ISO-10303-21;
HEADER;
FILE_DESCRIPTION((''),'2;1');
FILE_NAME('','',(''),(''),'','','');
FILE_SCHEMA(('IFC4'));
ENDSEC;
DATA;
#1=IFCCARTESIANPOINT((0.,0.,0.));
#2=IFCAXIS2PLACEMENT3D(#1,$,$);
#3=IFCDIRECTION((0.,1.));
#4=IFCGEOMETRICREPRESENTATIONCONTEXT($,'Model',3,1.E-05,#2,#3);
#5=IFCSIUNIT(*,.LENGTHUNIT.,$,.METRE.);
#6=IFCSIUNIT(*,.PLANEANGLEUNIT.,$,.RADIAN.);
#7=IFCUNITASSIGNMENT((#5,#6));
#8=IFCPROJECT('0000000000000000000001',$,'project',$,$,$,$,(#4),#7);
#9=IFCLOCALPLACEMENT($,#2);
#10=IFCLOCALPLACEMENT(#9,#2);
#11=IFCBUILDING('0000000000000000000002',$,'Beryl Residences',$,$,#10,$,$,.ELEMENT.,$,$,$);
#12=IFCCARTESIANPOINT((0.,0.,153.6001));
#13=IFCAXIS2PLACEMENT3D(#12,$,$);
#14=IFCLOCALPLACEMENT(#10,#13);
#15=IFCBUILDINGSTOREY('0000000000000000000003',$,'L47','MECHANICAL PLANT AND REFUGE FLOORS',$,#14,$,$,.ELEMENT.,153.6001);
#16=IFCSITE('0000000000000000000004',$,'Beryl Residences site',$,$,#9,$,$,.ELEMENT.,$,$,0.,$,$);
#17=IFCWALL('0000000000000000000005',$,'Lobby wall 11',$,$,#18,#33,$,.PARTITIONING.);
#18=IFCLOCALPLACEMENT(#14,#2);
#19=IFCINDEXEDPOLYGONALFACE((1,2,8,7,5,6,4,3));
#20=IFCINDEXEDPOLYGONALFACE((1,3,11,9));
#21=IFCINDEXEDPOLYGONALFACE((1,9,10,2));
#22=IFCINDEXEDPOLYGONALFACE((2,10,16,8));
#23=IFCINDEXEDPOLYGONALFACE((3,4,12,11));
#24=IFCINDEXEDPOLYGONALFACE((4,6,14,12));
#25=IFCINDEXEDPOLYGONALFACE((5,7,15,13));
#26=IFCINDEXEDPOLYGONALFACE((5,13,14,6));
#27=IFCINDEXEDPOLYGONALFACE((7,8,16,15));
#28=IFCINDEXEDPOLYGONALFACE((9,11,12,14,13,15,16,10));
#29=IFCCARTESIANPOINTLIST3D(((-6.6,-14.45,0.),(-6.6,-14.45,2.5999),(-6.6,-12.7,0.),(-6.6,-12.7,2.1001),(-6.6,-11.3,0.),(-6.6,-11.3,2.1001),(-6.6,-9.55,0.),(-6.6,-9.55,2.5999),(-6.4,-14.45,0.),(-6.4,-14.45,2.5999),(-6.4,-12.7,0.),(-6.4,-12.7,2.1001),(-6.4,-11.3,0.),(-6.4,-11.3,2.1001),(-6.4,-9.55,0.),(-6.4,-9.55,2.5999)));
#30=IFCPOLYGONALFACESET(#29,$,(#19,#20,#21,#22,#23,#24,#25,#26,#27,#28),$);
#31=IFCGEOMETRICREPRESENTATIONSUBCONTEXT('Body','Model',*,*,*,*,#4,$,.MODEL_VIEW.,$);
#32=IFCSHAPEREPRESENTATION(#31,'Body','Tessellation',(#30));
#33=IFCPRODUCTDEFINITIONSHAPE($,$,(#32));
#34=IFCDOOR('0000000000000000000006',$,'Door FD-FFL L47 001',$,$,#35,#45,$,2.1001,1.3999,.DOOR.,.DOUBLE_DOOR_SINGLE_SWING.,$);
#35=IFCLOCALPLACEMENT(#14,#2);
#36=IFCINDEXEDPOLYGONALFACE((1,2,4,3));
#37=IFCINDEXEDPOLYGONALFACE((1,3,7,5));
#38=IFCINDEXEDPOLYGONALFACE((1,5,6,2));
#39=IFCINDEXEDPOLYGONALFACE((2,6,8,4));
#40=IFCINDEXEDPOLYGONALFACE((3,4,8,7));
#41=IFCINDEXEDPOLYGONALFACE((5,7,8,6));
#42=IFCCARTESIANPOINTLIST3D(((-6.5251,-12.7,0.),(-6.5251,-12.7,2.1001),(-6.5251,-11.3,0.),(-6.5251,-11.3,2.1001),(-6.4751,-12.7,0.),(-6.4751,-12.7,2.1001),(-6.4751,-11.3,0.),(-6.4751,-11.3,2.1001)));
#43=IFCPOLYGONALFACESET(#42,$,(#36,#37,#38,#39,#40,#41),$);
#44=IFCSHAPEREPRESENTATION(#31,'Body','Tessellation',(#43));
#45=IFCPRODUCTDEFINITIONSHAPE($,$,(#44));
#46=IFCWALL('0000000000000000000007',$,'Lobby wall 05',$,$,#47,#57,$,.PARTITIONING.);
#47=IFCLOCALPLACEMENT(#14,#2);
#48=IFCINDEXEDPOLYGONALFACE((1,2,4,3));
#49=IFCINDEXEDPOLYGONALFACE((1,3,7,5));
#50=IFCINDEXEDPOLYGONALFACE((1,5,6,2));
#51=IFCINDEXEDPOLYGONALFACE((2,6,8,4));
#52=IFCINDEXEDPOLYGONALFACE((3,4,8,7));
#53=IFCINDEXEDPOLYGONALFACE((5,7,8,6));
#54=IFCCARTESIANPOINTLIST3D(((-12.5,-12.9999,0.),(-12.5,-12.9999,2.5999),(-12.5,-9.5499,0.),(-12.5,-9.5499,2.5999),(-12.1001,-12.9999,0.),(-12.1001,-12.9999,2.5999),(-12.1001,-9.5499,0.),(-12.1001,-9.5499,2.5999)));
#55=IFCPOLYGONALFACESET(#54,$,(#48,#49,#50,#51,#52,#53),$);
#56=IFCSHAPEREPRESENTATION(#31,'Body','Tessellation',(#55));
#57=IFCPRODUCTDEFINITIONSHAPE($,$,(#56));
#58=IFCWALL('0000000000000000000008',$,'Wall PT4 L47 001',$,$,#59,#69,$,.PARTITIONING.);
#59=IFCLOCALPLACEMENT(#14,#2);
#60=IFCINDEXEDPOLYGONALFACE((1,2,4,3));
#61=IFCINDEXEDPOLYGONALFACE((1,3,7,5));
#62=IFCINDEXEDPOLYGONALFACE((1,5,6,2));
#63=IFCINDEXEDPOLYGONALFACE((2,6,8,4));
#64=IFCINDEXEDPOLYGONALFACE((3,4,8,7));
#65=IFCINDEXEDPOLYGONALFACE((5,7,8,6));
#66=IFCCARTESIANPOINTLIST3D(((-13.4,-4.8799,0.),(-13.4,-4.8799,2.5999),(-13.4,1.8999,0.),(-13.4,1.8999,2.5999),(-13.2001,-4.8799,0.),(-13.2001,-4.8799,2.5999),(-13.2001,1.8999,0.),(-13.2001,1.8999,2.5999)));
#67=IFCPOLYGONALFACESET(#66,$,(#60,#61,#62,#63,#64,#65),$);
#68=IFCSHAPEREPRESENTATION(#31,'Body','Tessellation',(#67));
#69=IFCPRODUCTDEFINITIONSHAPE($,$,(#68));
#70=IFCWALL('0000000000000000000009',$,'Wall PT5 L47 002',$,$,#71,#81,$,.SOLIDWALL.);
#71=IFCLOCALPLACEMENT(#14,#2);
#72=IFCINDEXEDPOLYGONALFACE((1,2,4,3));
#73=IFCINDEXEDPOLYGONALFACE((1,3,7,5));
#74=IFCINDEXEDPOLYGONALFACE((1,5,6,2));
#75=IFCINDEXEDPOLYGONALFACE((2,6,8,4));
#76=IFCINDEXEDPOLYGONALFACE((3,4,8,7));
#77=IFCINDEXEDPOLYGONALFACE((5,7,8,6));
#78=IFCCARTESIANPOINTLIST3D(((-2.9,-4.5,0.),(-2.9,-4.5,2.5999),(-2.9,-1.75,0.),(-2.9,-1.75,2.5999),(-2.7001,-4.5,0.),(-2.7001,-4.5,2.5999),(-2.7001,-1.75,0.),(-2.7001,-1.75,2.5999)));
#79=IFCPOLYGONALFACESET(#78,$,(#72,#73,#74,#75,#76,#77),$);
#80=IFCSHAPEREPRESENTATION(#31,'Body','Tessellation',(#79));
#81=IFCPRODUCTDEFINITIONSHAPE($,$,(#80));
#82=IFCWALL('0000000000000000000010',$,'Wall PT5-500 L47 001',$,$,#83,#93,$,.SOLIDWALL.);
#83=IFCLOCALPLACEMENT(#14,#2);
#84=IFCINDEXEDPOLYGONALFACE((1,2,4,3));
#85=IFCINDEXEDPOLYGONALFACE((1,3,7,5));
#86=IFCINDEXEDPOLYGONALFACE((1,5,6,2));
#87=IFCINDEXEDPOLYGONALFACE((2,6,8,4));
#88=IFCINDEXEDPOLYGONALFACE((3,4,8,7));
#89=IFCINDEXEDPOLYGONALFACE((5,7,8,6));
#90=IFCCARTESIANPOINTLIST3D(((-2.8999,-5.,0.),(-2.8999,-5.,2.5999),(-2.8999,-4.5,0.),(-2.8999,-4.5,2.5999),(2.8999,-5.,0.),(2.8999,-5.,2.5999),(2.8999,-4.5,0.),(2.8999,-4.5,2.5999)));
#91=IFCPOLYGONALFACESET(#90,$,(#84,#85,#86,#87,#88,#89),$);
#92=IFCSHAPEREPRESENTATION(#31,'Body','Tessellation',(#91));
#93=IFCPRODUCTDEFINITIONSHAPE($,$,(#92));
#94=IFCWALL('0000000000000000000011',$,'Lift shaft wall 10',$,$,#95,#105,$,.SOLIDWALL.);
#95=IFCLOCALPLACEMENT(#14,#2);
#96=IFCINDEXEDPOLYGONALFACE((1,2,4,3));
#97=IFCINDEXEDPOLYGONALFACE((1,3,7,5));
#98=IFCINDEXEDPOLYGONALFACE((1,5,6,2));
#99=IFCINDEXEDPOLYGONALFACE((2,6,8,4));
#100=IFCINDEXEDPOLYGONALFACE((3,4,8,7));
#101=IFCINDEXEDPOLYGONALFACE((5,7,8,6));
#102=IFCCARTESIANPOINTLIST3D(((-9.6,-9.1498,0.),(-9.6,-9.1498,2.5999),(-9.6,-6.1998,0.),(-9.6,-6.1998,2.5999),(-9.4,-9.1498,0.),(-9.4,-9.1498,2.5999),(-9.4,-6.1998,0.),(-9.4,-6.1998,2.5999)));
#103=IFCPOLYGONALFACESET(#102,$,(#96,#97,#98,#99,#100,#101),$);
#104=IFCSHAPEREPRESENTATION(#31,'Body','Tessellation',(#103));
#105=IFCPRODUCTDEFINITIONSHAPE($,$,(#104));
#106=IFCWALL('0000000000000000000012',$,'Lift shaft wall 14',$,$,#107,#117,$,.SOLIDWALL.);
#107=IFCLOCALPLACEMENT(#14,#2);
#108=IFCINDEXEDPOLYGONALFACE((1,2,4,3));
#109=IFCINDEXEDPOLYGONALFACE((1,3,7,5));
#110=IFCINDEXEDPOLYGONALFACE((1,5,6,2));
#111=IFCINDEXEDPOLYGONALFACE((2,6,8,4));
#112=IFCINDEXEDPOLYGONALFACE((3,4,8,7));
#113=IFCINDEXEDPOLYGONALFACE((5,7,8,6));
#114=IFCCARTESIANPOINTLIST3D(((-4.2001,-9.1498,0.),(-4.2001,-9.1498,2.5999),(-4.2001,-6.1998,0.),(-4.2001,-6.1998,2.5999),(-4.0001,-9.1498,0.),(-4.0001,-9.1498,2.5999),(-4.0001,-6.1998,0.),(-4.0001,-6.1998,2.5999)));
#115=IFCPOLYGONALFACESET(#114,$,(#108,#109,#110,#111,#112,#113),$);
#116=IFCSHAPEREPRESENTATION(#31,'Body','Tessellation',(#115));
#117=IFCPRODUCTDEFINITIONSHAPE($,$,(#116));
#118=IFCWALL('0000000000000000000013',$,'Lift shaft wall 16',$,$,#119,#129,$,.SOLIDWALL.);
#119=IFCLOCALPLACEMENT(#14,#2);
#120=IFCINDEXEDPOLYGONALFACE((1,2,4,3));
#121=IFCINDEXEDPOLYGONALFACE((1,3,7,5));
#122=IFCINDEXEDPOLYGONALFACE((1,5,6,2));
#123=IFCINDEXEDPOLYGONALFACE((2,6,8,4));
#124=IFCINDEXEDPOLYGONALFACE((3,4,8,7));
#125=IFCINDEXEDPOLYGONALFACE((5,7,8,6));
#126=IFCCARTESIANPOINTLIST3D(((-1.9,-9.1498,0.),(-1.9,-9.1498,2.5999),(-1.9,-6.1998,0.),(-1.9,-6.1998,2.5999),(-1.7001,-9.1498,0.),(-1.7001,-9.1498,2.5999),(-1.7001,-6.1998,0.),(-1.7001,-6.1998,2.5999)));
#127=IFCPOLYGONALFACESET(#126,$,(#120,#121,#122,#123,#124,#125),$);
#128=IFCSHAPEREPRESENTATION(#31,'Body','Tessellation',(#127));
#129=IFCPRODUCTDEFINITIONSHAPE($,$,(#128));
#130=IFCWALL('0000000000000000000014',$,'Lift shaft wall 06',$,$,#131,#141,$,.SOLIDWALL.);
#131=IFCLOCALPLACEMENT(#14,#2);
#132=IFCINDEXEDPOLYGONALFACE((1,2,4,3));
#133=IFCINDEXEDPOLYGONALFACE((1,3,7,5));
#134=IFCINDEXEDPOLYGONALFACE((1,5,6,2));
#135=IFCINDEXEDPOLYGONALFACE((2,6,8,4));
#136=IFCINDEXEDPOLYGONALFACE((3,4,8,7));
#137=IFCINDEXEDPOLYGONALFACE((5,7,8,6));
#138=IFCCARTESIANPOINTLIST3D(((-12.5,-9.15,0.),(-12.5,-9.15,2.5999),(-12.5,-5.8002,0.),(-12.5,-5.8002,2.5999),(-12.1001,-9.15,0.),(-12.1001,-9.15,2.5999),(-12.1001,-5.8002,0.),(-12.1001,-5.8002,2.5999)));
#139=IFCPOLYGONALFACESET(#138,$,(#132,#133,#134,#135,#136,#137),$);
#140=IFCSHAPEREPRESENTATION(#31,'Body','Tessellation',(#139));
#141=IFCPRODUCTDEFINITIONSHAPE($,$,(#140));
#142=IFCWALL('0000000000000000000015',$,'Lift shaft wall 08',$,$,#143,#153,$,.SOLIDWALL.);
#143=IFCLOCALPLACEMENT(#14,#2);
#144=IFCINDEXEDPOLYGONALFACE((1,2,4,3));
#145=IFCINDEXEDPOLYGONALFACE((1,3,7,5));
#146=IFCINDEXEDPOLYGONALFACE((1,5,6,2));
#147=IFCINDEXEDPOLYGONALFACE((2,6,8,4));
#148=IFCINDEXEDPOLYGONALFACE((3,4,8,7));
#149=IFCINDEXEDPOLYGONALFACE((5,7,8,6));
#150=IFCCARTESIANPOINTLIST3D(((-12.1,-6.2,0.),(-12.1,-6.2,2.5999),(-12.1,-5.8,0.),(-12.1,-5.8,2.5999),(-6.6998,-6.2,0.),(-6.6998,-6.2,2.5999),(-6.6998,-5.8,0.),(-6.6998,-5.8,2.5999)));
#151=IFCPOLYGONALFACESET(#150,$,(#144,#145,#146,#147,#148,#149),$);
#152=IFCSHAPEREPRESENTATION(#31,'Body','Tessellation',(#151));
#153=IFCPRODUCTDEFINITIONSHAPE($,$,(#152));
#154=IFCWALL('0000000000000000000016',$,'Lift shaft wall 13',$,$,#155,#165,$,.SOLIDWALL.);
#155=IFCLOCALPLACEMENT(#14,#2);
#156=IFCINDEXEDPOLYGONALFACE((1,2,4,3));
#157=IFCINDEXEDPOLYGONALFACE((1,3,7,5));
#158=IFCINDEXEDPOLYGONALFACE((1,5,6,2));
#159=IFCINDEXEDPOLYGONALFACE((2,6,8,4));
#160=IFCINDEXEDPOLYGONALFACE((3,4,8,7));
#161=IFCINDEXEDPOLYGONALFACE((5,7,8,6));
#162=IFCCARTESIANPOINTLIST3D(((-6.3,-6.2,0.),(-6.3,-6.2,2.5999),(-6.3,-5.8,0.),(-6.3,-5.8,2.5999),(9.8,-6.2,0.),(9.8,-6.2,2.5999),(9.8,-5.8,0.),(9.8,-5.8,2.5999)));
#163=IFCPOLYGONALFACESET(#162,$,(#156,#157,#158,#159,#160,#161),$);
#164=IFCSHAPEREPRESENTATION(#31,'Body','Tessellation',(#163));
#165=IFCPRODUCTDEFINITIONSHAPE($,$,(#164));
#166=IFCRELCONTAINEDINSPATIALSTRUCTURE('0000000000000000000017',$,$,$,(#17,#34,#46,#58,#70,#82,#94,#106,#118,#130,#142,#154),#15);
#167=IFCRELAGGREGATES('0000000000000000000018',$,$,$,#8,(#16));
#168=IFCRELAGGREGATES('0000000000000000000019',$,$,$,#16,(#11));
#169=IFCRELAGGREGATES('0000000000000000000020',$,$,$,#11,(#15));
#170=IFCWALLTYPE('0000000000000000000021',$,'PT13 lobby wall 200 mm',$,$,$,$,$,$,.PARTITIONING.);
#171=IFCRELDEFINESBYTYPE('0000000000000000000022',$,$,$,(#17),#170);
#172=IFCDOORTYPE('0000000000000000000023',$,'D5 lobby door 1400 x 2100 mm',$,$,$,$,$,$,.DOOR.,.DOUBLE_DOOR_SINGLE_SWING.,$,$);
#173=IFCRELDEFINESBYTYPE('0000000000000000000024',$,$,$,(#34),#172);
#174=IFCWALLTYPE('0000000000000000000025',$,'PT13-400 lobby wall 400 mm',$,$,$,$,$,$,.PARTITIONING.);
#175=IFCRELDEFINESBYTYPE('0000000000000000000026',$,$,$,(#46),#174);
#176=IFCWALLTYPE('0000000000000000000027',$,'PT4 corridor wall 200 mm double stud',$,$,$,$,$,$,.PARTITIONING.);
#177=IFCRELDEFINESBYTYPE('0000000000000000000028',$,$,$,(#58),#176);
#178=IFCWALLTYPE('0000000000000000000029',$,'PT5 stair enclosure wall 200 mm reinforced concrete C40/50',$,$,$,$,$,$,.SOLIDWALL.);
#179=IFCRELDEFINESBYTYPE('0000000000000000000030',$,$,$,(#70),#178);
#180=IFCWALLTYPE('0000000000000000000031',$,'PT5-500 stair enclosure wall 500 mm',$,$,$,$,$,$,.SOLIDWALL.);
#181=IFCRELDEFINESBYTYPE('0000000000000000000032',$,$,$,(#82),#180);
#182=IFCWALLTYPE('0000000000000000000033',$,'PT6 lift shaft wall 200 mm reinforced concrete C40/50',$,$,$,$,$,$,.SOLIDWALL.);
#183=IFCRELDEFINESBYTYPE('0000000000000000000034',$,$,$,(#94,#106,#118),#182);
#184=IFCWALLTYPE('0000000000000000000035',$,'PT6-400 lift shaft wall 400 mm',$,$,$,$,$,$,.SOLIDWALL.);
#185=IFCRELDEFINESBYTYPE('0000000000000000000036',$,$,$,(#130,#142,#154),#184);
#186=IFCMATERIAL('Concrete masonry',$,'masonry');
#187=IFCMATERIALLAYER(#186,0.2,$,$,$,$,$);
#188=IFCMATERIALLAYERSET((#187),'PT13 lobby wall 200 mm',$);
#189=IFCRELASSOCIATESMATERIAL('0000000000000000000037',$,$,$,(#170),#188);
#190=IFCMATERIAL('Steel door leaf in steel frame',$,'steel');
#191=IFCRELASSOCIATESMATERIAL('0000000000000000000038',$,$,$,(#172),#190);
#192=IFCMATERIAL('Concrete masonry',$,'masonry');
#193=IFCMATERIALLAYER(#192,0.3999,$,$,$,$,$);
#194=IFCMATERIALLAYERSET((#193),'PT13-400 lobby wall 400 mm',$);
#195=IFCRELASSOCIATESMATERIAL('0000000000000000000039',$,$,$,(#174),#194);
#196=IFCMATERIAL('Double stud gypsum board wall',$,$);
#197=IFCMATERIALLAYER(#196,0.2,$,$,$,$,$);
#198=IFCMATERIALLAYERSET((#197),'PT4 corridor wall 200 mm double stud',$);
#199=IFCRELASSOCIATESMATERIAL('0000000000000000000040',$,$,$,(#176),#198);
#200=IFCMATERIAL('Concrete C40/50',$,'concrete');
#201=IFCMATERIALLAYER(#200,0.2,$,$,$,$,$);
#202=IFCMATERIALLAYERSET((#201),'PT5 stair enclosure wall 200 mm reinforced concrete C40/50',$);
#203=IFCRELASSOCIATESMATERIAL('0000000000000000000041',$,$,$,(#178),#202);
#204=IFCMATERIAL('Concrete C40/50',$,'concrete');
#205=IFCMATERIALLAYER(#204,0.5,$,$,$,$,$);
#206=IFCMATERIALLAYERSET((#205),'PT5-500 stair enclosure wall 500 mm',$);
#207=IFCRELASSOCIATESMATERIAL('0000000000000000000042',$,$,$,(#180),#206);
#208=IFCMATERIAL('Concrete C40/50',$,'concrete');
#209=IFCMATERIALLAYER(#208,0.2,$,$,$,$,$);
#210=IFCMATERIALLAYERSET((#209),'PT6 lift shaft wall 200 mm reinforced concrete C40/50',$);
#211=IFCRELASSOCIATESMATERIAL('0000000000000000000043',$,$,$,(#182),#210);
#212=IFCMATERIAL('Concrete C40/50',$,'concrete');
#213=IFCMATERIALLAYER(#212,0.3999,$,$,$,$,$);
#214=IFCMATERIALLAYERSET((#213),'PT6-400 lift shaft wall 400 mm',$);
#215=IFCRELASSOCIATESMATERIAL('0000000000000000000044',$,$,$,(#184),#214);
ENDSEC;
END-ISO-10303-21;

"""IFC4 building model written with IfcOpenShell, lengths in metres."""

from ifc_helpers import new_model, si_unit, direction, frame, frame_2d, origin, place, context, subcontext, project, spatial, rectangle, extrude, material, layer, layer_set, type_object, element, fill, save


model = new_model("IFC4")

# Units and contexts
model_context = context("Model", 3, precision=1e-05, world=origin(), true_north=direction((0.0, 1.0)))
body_context = subcontext(model_context, "Body", "Model", "MODEL_VIEW")
ifc_project = project(units=[si_unit("LENGTHUNIT", "METRE"), si_unit("PLANEANGLEUNIT", "RADIAN")], contexts=[model_context])

# Site, building, storey
site_placement = place(None, origin())
site = spatial("IfcSite", under=ifc_project, at=site_placement, Name="Beryl Residences site", CompositionType="ELEMENT", RefElevation=0.0)
building_placement = place(site_placement, origin())
building = spatial("IfcBuilding", under=site, at=building_placement, Name="Beryl Residences", CompositionType="ELEMENT")
storey_placement = place(building_placement, frame((0.0, 0.0, 153.6001)))
storey = spatial("IfcBuildingStorey", under=building, at=storey_placement, Name="L47", Description="MECHANICAL PLANT AND REFUGE FLOORS", CompositionType="ELEMENT", Elevation=153.6001)

# Wall, opening, door
ifc_material_1 = material(Name="Concrete masonry", Category="masonry")
ifc_layer_1 = layer(ifc_material_1, 0.2)
ifc_layer_set_1 = layer_set([ifc_layer_1], Name="PT13 lobby wall 200 mm")
wall_type_1 = type_object("IfcWallType", Name="PT13 lobby wall 200 mm", PredefinedType="PARTITIONING", material=ifc_layer_set_1)
wall_1_placement = place(storey_placement, frame((-6.5, -14.45, 0.0), z_axis=(0.0, 0.0, 1.0), x_axis=(0.0, 1.0, 0.0)))
wall_1 = element("IfcWall", 1, at=wall_1_placement, inside=storey, type_object=wall_type_1, Name="Lobby wall 11", PredefinedType="PARTITIONING", context=body_context, shape_type="SweptSolid", body=[
    extrude(rectangle(XDim=4.8999, YDim=0.2, at=frame_2d((2.45, 0.0))), origin(), (0.0, 0.0, 1.0), 2.5999),
])
opening_1_placement = place(wall_1_placement, frame((3.1499, 0.0, 0.0), z_axis=(0.0, 0.0, 1.0), x_axis=(-1.0, 0.0, 0.0)))
opening_1 = element("IfcOpeningElement", 2, at=opening_1_placement, cuts=wall_1, PredefinedType="OPENING", context=body_context, shape_type="SweptSolid", body=[
    extrude(rectangle(XDim=1.3999, YDim=2.1001, at=frame_2d((0.7, 1.05))), frame((0.0, 0.1099, 0.0), z_axis=(0.0, -1.0, 0.0), x_axis=(1.0, 0.0, 0.0)), (0.0, 0.0, 1.0), 0.22),
])
ifc_material_2 = material(Name="Steel door leaf in steel frame", Category="steel")
door_type_1 = type_object("IfcDoorType", Name="D5 lobby door 1400 x 2100 mm", OperationType="DOUBLE_DOOR_SINGLE_SWING", PredefinedType="DOOR", material=ifc_material_2)
door_1_placement = place(opening_1_placement, origin())
door_1 = element("IfcDoor", 3, at=door_1_placement, inside=storey, type_object=door_type_1, Name="Door FD-FFL L47 001", OperationType="DOUBLE_DOOR_SINGLE_SWING", OverallHeight=2.1001, OverallWidth=1.3999, PredefinedType="DOOR", context=body_context, shape_type="SweptSolid", body=[
    extrude(rectangle(XDim=1.3999, YDim=2.1001, at=frame_2d((0.7, 1.05))), frame((0.0, 0.0249, 0.0), z_axis=(0.0, -1.0, 0.0), x_axis=(1.0, 0.0, 0.0)), (0.0, 0.0, 1.0), 0.05),
])
fill(opening_1, door_1)

# Walls
ifc_material_3 = material(Name="Concrete masonry", Category="masonry")
ifc_layer_2 = layer(ifc_material_3, 0.3999)
ifc_layer_set_2 = layer_set([ifc_layer_2], Name="PT13-400 lobby wall 400 mm")
wall_type_2 = type_object("IfcWallType", Name="PT13-400 lobby wall 400 mm", PredefinedType="PARTITIONING", material=ifc_layer_set_2)
wall_2_placement = place(storey_placement, frame((-12.3, -13.0, 0.0), z_axis=(0.0, 0.0, 1.0), x_axis=(0.0, 1.0, 0.0)))
element("IfcWall", 4, at=wall_2_placement, inside=storey, type_object=wall_type_2, Name="Lobby wall 05", PredefinedType="PARTITIONING", context=body_context, shape_type="SweptSolid", body=[
    extrude(rectangle(XDim=3.45, YDim=0.3999, at=frame_2d((1.7251, 0.0))), origin(), (0.0, 0.0, 1.0), 2.5999),
])
ifc_material_4 = material(Name="Double stud gypsum board wall")
ifc_layer_3 = layer(ifc_material_4, 0.2)
ifc_layer_set_3 = layer_set([ifc_layer_3], Name="PT4 corridor wall 200 mm double stud")
wall_type_3 = type_object("IfcWallType", Name="PT4 corridor wall 200 mm double stud", PredefinedType="PARTITIONING", material=ifc_layer_set_3)
wall_3_placement = place(storey_placement, frame((-13.3, -4.8799, 0.0), z_axis=(0.0, 0.0, 1.0), x_axis=(0.0, 1.0, 0.0)))
element("IfcWall", 5, at=wall_3_placement, inside=storey, type_object=wall_type_3, Name="Wall PT4 L47 001", PredefinedType="PARTITIONING", context=body_context, shape_type="SweptSolid", body=[
    extrude(rectangle(XDim=6.7798, YDim=0.2, at=frame_2d((3.3899, 0.0))), origin(), (0.0, 0.0, 1.0), 2.5999),
])
ifc_material_5 = material(Name="Concrete C40/50", Category="concrete")
ifc_layer_4 = layer(ifc_material_5, 0.2)
ifc_layer_set_4 = layer_set([ifc_layer_4], Name="PT5 stair enclosure wall 200 mm reinforced concrete C40/50")
wall_type_4 = type_object("IfcWallType", Name="PT5 stair enclosure wall 200 mm reinforced concrete C40/50", PredefinedType="SOLIDWALL", material=ifc_layer_set_4)
wall_4_placement = place(storey_placement, frame((-2.8, -4.5, 0.0), z_axis=(0.0, 0.0, 1.0), x_axis=(0.0, 1.0, 0.0)))
element("IfcWall", 6, at=wall_4_placement, inside=storey, type_object=wall_type_4, Name="Wall PT5 L47 002", PredefinedType="SOLIDWALL", context=body_context, shape_type="SweptSolid", body=[
    extrude(rectangle(XDim=2.75, YDim=0.2, at=frame_2d((1.375, 0.0))), origin(), (0.0, 0.0, 1.0), 2.5999),
])
ifc_material_6 = material(Name="Concrete C40/50", Category="concrete")
ifc_layer_5 = layer(ifc_material_6, 0.5)
ifc_layer_set_5 = layer_set([ifc_layer_5], Name="PT5-500 stair enclosure wall 500 mm")
wall_type_5 = type_object("IfcWallType", Name="PT5-500 stair enclosure wall 500 mm", PredefinedType="SOLIDWALL", material=ifc_layer_set_5)
wall_5_placement = place(storey_placement, frame((-2.8999, -4.75, 0.0), z_axis=(0.0, 0.0, 1.0), x_axis=(1.0, 0.0, 0.0)))
element("IfcWall", 7, at=wall_5_placement, inside=storey, type_object=wall_type_5, Name="Wall PT5-500 L47 001", PredefinedType="SOLIDWALL", context=body_context, shape_type="SweptSolid", body=[
    extrude(rectangle(XDim=5.7998, YDim=0.5, at=frame_2d((2.8999, 0.0))), origin(), (0.0, 0.0, 1.0), 2.5999),
])
ifc_material_7 = material(Name="Concrete C40/50", Category="concrete")
ifc_layer_6 = layer(ifc_material_7, 0.2)
ifc_layer_set_6 = layer_set([ifc_layer_6], Name="PT6 lift shaft wall 200 mm reinforced concrete C40/50")
wall_type_6 = type_object("IfcWallType", Name="PT6 lift shaft wall 200 mm reinforced concrete C40/50", PredefinedType="SOLIDWALL", material=ifc_layer_set_6)
for number, where, z_axis, x_axis, name in (
    (8, (-9.5, -9.1499, 0.0), (0.0, 0.0, 1.0), (0.0, 1.0, 0.0), "Lift shaft wall 10"),
    (9, (-4.1001, -9.1499, 0.0), (0.0, 0.0, 1.0), (0.0, 1.0, 0.0), "Lift shaft wall 14"),
    (10, (-1.8, -9.1499, 0.0), (0.0, 0.0, 1.0), (0.0, 1.0, 0.0), "Lift shaft wall 16"),
):
    element("IfcWall", number, at=place(storey_placement, frame(where, z_axis=z_axis, x_axis=x_axis)), inside=storey, type_object=wall_type_6, Name=name, PredefinedType="SOLIDWALL", context=body_context, shape_type="SweptSolid", body=[
        extrude(rectangle(XDim=2.95, YDim=0.2, at=frame_2d((1.4751, 0.0))), origin(), (0.0, 0.0, 1.0), 2.5999),
    ])
ifc_material_8 = material(Name="Concrete C40/50", Category="concrete")
ifc_layer_7 = layer(ifc_material_8, 0.3999)
ifc_layer_set_7 = layer_set([ifc_layer_7], Name="PT6-400 lift shaft wall 400 mm")
wall_type_7 = type_object("IfcWallType", Name="PT6-400 lift shaft wall 400 mm", PredefinedType="SOLIDWALL", material=ifc_layer_set_7)
wall_6_placement = place(storey_placement, frame((-12.3, -9.1499, 0.0), z_axis=(0.0, 0.0, 1.0), x_axis=(0.0, 1.0, 0.0)))
element("IfcWall", 11, at=wall_6_placement, inside=storey, type_object=wall_type_7, Name="Lift shaft wall 06", PredefinedType="SOLIDWALL", context=body_context, shape_type="SweptSolid", body=[
    extrude(rectangle(XDim=3.3499, YDim=0.3999, at=frame_2d((1.6748, 0.0))), origin(), (0.0, 0.0, 1.0), 2.5999),
])
wall_7_placement = place(storey_placement, frame((-12.1001, -6.0, 0.0), z_axis=(0.0, 0.0, 1.0), x_axis=(1.0, 0.0, 0.0)))
element("IfcWall", 12, at=wall_7_placement, inside=storey, type_object=wall_type_7, Name="Lift shaft wall 08", PredefinedType="SOLIDWALL", context=body_context, shape_type="SweptSolid", body=[
    extrude(rectangle(XDim=5.4001, YDim=0.3999, at=frame_2d((2.7002, 0.0))), origin(), (0.0, 0.0, 1.0), 2.5999),
])
wall_8_placement = place(storey_placement, frame((-6.3, -6.0, 0.0), z_axis=(0.0, 0.0, 1.0), x_axis=(1.0, 0.0, 0.0)))
element("IfcWall", 13, at=wall_8_placement, inside=storey, type_object=wall_type_7, Name="Lift shaft wall 13", PredefinedType="SOLIDWALL", context=body_context, shape_type="SweptSolid", body=[
    extrude(rectangle(XDim=16.1001, YDim=0.3999, at=frame_2d((8.05, 0.0))), origin(), (0.0, 0.0, 1.0), 2.5999),
])

save(model, "model.ifc")
